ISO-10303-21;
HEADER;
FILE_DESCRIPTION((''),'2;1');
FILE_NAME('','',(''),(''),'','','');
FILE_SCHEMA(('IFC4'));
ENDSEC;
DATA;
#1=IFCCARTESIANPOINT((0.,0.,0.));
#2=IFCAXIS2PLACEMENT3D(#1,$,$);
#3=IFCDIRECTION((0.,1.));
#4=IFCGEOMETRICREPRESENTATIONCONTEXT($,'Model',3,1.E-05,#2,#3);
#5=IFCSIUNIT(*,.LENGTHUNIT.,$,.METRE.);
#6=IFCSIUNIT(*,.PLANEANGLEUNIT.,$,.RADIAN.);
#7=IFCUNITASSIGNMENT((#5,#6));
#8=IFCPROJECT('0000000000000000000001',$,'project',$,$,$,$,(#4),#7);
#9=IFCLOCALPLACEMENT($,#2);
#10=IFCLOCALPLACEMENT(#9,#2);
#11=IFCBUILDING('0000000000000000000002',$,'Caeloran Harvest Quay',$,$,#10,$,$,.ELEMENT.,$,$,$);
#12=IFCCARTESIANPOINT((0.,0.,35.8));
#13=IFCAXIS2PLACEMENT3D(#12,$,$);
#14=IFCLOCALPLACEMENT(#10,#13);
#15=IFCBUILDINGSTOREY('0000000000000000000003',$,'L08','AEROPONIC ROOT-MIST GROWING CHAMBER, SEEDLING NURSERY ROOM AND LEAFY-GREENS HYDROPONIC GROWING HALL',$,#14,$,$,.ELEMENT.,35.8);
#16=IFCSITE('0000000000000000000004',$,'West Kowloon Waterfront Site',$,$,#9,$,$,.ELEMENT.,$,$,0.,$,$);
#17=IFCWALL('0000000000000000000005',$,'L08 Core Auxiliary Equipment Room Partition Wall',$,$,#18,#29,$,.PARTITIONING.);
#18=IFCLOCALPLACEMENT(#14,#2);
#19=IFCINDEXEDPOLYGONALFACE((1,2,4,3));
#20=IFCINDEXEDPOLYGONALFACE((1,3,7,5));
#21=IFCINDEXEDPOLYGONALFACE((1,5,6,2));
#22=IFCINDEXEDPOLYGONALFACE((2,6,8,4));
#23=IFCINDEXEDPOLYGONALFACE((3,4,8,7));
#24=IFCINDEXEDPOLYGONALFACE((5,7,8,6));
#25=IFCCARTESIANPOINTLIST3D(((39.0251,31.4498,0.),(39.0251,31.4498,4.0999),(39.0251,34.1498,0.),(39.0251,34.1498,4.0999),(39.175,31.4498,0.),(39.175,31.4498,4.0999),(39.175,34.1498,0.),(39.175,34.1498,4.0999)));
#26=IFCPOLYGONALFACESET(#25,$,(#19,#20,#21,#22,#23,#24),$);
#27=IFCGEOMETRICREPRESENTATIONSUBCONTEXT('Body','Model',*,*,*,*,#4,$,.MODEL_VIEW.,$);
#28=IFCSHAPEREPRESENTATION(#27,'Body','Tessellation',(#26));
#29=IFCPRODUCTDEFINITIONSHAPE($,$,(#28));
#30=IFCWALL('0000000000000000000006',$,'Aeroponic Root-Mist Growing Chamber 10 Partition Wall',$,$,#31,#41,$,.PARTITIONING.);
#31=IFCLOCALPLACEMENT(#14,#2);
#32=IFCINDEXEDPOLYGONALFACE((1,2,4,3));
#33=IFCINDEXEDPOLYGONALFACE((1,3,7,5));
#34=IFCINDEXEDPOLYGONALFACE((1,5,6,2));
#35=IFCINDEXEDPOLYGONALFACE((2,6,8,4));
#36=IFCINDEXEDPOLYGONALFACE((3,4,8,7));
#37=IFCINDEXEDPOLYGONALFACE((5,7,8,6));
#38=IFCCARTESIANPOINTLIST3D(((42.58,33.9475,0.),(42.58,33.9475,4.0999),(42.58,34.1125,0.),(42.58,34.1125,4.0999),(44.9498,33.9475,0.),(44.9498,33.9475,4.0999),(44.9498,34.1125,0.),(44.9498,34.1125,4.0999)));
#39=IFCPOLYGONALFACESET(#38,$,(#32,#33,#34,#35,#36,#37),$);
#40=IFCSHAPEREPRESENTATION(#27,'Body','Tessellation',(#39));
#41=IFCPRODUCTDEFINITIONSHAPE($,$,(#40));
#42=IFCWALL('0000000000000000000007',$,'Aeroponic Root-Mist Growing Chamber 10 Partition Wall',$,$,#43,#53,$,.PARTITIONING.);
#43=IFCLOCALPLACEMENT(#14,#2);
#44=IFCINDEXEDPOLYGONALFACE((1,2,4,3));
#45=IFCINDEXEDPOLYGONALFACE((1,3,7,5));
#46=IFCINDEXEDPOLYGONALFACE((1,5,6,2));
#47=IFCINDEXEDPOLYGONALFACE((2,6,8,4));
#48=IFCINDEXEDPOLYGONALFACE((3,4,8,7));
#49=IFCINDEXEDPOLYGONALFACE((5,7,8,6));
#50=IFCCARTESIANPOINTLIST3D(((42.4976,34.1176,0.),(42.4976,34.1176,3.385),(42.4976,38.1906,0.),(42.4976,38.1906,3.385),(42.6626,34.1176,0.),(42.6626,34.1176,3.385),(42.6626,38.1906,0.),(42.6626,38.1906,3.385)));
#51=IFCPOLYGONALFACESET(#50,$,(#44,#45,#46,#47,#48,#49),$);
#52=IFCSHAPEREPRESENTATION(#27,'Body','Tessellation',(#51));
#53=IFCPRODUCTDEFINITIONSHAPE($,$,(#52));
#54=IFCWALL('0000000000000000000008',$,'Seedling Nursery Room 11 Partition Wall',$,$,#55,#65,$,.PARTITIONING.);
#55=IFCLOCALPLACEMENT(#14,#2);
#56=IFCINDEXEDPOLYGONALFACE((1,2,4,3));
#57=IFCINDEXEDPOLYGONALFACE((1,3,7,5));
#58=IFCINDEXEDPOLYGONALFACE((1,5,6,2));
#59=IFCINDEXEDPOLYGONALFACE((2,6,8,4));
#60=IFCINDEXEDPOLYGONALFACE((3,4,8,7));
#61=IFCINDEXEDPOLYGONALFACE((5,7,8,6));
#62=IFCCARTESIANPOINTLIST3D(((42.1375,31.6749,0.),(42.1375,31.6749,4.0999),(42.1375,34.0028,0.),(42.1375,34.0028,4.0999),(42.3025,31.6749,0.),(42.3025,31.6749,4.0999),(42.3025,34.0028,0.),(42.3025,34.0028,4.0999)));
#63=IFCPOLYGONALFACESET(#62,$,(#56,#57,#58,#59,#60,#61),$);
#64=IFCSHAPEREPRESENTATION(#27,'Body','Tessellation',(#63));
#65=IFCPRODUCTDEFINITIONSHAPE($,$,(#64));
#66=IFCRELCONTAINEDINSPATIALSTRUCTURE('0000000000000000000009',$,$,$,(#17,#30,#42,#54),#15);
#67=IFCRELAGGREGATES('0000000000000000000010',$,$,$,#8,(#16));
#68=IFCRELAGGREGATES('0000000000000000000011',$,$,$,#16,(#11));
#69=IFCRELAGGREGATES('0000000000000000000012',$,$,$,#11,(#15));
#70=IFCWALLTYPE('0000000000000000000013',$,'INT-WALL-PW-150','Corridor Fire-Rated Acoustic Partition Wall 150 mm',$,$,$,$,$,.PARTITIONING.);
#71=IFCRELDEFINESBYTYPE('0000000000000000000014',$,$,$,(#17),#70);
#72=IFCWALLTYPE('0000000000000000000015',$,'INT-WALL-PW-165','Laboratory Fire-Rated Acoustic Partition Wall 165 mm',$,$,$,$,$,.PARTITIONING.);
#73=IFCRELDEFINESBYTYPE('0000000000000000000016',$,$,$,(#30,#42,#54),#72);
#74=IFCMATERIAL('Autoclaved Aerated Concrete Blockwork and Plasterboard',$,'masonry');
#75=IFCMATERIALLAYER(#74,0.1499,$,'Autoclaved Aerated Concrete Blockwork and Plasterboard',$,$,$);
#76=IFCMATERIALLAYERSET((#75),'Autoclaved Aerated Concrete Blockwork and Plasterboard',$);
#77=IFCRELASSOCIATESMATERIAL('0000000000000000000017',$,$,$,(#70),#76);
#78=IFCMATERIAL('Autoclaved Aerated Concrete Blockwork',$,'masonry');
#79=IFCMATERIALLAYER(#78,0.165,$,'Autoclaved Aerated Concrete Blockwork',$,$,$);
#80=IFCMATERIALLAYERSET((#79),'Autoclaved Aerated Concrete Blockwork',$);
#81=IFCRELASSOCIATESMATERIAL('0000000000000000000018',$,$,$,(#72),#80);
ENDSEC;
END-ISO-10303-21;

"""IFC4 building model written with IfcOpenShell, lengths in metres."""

from ifc_helpers import new_model, si_unit, direction, frame, frame_2d, origin, place, context, subcontext, project, spatial, rectangle, extrude, material, layer, layer_set, type_object, element, save


model = new_model("IFC4")

# Units and contexts
model_context = context("Model", 3, precision=1e-05, world=origin(), true_north=direction((0.0, 1.0)))
body_context = subcontext(model_context, "Body", "Model", "MODEL_VIEW")
ifc_project = project(units=[si_unit("LENGTHUNIT", "METRE"), si_unit("PLANEANGLEUNIT", "RADIAN")], contexts=[model_context])

# Site, building, storey
site_placement = place(None, origin())
site = spatial("IfcSite", under=ifc_project, at=site_placement, Name="West Kowloon Waterfront Site", CompositionType="ELEMENT", RefElevation=0.0)
building_placement = place(site_placement, origin())
building = spatial("IfcBuilding", under=site, at=building_placement, Name="Caeloran Harvest Quay", CompositionType="ELEMENT")
storey_placement = place(building_placement, frame((0.0, 0.0, 35.8)))
storey = spatial("IfcBuildingStorey", under=building, at=storey_placement, Name="L08", Description="AEROPONIC ROOT-MIST GROWING CHAMBER, SEEDLING NURSERY ROOM AND LEAFY-GREENS HYDROPONIC GROWING HALL", CompositionType="ELEMENT", Elevation=35.8)

# Walls
ifc_material_1 = material(Name="Autoclaved Aerated Concrete Blockwork and Plasterboard", Category="masonry")
ifc_layer_1 = layer(ifc_material_1, 0.1499, Name="Autoclaved Aerated Concrete Blockwork and Plasterboard")
ifc_layer_set_1 = layer_set([ifc_layer_1], Name="Autoclaved Aerated Concrete Blockwork and Plasterboard")
wall_type_1 = type_object("IfcWallType", Name="INT-WALL-PW-150", Description="Corridor Fire-Rated Acoustic Partition Wall 150 mm", PredefinedType="PARTITIONING", material=ifc_layer_set_1)
wall_1_placement = place(storey_placement, frame((39.1001, 34.1499, 0.0), z_axis=(0.0, 0.0, 1.0), x_axis=(0.0, -1.0, 0.0)))
element("IfcWall", 1, at=wall_1_placement, inside=storey, type_object=wall_type_1, Name="L08 Core Auxiliary Equipment Room Partition Wall", PredefinedType="PARTITIONING", context=body_context, shape_type="SweptSolid", body=[
    extrude(rectangle(XDim=2.7, YDim=0.1499, at=frame_2d((1.3501, 0.0))), origin(), (0.0, 0.0, 1.0), 4.0999),
])
ifc_material_2 = material(Name="Autoclaved Aerated Concrete Blockwork", Category="masonry")
ifc_layer_2 = layer(ifc_material_2, 0.165, Name="Autoclaved Aerated Concrete Blockwork")
ifc_layer_set_2 = layer_set([ifc_layer_2], Name="Autoclaved Aerated Concrete Blockwork")
wall_type_2 = type_object("IfcWallType", Name="INT-WALL-PW-165", Description="Laboratory Fire-Rated Acoustic Partition Wall 165 mm", PredefinedType="PARTITIONING", material=ifc_layer_set_2)
wall_2_placement = place(storey_placement, frame((44.95, 34.03, 0.0), z_axis=(0.0, 0.0, 1.0), x_axis=(-1.0, 0.0, 0.0)))
element("IfcWall", 2, at=wall_2_placement, inside=storey, type_object=wall_type_2, Name="Aeroponic Root-Mist Growing Chamber 10 Partition Wall", PredefinedType="PARTITIONING", context=body_context, shape_type="SweptSolid", body=[
    extrude(rectangle(XDim=2.3699, YDim=0.165, at=frame_2d((1.1851, 0.0))), origin(), (0.0, 0.0, 1.0), 4.0999),
])
wall_3_placement = place(storey_placement, frame((42.5801, 34.1174, 0.0), z_axis=(0.0, 0.0, 1.0), x_axis=(0.0, 1.0, 0.0)))
element("IfcWall", 3, at=wall_3_placement, inside=storey, type_object=wall_type_2, Name="Aeroponic Root-Mist Growing Chamber 10 Partition Wall", PredefinedType="PARTITIONING", context=body_context, shape_type="SweptSolid", body=[
    extrude(rectangle(XDim=4.073, YDim=0.165, at=frame_2d((2.0366, 0.0))), origin(), (0.0, 0.0, 1.0), 3.385),
])
wall_4_placement = place(storey_placement, frame((42.22, 34.0029, 0.0), z_axis=(0.0, 0.0, 1.0), x_axis=(0.0, -1.0, 0.0)))
element("IfcWall", 4, at=wall_4_placement, inside=storey, type_object=wall_type_2, Name="Seedling Nursery Room 11 Partition Wall", PredefinedType="PARTITIONING", context=body_context, shape_type="SweptSolid", body=[
    extrude(rectangle(XDim=2.3279, YDim=0.165, at=frame_2d((1.1641, 0.0))), origin(), (0.0, 0.0, 1.0), 4.0999),
])

save(model, "model.ifc")
